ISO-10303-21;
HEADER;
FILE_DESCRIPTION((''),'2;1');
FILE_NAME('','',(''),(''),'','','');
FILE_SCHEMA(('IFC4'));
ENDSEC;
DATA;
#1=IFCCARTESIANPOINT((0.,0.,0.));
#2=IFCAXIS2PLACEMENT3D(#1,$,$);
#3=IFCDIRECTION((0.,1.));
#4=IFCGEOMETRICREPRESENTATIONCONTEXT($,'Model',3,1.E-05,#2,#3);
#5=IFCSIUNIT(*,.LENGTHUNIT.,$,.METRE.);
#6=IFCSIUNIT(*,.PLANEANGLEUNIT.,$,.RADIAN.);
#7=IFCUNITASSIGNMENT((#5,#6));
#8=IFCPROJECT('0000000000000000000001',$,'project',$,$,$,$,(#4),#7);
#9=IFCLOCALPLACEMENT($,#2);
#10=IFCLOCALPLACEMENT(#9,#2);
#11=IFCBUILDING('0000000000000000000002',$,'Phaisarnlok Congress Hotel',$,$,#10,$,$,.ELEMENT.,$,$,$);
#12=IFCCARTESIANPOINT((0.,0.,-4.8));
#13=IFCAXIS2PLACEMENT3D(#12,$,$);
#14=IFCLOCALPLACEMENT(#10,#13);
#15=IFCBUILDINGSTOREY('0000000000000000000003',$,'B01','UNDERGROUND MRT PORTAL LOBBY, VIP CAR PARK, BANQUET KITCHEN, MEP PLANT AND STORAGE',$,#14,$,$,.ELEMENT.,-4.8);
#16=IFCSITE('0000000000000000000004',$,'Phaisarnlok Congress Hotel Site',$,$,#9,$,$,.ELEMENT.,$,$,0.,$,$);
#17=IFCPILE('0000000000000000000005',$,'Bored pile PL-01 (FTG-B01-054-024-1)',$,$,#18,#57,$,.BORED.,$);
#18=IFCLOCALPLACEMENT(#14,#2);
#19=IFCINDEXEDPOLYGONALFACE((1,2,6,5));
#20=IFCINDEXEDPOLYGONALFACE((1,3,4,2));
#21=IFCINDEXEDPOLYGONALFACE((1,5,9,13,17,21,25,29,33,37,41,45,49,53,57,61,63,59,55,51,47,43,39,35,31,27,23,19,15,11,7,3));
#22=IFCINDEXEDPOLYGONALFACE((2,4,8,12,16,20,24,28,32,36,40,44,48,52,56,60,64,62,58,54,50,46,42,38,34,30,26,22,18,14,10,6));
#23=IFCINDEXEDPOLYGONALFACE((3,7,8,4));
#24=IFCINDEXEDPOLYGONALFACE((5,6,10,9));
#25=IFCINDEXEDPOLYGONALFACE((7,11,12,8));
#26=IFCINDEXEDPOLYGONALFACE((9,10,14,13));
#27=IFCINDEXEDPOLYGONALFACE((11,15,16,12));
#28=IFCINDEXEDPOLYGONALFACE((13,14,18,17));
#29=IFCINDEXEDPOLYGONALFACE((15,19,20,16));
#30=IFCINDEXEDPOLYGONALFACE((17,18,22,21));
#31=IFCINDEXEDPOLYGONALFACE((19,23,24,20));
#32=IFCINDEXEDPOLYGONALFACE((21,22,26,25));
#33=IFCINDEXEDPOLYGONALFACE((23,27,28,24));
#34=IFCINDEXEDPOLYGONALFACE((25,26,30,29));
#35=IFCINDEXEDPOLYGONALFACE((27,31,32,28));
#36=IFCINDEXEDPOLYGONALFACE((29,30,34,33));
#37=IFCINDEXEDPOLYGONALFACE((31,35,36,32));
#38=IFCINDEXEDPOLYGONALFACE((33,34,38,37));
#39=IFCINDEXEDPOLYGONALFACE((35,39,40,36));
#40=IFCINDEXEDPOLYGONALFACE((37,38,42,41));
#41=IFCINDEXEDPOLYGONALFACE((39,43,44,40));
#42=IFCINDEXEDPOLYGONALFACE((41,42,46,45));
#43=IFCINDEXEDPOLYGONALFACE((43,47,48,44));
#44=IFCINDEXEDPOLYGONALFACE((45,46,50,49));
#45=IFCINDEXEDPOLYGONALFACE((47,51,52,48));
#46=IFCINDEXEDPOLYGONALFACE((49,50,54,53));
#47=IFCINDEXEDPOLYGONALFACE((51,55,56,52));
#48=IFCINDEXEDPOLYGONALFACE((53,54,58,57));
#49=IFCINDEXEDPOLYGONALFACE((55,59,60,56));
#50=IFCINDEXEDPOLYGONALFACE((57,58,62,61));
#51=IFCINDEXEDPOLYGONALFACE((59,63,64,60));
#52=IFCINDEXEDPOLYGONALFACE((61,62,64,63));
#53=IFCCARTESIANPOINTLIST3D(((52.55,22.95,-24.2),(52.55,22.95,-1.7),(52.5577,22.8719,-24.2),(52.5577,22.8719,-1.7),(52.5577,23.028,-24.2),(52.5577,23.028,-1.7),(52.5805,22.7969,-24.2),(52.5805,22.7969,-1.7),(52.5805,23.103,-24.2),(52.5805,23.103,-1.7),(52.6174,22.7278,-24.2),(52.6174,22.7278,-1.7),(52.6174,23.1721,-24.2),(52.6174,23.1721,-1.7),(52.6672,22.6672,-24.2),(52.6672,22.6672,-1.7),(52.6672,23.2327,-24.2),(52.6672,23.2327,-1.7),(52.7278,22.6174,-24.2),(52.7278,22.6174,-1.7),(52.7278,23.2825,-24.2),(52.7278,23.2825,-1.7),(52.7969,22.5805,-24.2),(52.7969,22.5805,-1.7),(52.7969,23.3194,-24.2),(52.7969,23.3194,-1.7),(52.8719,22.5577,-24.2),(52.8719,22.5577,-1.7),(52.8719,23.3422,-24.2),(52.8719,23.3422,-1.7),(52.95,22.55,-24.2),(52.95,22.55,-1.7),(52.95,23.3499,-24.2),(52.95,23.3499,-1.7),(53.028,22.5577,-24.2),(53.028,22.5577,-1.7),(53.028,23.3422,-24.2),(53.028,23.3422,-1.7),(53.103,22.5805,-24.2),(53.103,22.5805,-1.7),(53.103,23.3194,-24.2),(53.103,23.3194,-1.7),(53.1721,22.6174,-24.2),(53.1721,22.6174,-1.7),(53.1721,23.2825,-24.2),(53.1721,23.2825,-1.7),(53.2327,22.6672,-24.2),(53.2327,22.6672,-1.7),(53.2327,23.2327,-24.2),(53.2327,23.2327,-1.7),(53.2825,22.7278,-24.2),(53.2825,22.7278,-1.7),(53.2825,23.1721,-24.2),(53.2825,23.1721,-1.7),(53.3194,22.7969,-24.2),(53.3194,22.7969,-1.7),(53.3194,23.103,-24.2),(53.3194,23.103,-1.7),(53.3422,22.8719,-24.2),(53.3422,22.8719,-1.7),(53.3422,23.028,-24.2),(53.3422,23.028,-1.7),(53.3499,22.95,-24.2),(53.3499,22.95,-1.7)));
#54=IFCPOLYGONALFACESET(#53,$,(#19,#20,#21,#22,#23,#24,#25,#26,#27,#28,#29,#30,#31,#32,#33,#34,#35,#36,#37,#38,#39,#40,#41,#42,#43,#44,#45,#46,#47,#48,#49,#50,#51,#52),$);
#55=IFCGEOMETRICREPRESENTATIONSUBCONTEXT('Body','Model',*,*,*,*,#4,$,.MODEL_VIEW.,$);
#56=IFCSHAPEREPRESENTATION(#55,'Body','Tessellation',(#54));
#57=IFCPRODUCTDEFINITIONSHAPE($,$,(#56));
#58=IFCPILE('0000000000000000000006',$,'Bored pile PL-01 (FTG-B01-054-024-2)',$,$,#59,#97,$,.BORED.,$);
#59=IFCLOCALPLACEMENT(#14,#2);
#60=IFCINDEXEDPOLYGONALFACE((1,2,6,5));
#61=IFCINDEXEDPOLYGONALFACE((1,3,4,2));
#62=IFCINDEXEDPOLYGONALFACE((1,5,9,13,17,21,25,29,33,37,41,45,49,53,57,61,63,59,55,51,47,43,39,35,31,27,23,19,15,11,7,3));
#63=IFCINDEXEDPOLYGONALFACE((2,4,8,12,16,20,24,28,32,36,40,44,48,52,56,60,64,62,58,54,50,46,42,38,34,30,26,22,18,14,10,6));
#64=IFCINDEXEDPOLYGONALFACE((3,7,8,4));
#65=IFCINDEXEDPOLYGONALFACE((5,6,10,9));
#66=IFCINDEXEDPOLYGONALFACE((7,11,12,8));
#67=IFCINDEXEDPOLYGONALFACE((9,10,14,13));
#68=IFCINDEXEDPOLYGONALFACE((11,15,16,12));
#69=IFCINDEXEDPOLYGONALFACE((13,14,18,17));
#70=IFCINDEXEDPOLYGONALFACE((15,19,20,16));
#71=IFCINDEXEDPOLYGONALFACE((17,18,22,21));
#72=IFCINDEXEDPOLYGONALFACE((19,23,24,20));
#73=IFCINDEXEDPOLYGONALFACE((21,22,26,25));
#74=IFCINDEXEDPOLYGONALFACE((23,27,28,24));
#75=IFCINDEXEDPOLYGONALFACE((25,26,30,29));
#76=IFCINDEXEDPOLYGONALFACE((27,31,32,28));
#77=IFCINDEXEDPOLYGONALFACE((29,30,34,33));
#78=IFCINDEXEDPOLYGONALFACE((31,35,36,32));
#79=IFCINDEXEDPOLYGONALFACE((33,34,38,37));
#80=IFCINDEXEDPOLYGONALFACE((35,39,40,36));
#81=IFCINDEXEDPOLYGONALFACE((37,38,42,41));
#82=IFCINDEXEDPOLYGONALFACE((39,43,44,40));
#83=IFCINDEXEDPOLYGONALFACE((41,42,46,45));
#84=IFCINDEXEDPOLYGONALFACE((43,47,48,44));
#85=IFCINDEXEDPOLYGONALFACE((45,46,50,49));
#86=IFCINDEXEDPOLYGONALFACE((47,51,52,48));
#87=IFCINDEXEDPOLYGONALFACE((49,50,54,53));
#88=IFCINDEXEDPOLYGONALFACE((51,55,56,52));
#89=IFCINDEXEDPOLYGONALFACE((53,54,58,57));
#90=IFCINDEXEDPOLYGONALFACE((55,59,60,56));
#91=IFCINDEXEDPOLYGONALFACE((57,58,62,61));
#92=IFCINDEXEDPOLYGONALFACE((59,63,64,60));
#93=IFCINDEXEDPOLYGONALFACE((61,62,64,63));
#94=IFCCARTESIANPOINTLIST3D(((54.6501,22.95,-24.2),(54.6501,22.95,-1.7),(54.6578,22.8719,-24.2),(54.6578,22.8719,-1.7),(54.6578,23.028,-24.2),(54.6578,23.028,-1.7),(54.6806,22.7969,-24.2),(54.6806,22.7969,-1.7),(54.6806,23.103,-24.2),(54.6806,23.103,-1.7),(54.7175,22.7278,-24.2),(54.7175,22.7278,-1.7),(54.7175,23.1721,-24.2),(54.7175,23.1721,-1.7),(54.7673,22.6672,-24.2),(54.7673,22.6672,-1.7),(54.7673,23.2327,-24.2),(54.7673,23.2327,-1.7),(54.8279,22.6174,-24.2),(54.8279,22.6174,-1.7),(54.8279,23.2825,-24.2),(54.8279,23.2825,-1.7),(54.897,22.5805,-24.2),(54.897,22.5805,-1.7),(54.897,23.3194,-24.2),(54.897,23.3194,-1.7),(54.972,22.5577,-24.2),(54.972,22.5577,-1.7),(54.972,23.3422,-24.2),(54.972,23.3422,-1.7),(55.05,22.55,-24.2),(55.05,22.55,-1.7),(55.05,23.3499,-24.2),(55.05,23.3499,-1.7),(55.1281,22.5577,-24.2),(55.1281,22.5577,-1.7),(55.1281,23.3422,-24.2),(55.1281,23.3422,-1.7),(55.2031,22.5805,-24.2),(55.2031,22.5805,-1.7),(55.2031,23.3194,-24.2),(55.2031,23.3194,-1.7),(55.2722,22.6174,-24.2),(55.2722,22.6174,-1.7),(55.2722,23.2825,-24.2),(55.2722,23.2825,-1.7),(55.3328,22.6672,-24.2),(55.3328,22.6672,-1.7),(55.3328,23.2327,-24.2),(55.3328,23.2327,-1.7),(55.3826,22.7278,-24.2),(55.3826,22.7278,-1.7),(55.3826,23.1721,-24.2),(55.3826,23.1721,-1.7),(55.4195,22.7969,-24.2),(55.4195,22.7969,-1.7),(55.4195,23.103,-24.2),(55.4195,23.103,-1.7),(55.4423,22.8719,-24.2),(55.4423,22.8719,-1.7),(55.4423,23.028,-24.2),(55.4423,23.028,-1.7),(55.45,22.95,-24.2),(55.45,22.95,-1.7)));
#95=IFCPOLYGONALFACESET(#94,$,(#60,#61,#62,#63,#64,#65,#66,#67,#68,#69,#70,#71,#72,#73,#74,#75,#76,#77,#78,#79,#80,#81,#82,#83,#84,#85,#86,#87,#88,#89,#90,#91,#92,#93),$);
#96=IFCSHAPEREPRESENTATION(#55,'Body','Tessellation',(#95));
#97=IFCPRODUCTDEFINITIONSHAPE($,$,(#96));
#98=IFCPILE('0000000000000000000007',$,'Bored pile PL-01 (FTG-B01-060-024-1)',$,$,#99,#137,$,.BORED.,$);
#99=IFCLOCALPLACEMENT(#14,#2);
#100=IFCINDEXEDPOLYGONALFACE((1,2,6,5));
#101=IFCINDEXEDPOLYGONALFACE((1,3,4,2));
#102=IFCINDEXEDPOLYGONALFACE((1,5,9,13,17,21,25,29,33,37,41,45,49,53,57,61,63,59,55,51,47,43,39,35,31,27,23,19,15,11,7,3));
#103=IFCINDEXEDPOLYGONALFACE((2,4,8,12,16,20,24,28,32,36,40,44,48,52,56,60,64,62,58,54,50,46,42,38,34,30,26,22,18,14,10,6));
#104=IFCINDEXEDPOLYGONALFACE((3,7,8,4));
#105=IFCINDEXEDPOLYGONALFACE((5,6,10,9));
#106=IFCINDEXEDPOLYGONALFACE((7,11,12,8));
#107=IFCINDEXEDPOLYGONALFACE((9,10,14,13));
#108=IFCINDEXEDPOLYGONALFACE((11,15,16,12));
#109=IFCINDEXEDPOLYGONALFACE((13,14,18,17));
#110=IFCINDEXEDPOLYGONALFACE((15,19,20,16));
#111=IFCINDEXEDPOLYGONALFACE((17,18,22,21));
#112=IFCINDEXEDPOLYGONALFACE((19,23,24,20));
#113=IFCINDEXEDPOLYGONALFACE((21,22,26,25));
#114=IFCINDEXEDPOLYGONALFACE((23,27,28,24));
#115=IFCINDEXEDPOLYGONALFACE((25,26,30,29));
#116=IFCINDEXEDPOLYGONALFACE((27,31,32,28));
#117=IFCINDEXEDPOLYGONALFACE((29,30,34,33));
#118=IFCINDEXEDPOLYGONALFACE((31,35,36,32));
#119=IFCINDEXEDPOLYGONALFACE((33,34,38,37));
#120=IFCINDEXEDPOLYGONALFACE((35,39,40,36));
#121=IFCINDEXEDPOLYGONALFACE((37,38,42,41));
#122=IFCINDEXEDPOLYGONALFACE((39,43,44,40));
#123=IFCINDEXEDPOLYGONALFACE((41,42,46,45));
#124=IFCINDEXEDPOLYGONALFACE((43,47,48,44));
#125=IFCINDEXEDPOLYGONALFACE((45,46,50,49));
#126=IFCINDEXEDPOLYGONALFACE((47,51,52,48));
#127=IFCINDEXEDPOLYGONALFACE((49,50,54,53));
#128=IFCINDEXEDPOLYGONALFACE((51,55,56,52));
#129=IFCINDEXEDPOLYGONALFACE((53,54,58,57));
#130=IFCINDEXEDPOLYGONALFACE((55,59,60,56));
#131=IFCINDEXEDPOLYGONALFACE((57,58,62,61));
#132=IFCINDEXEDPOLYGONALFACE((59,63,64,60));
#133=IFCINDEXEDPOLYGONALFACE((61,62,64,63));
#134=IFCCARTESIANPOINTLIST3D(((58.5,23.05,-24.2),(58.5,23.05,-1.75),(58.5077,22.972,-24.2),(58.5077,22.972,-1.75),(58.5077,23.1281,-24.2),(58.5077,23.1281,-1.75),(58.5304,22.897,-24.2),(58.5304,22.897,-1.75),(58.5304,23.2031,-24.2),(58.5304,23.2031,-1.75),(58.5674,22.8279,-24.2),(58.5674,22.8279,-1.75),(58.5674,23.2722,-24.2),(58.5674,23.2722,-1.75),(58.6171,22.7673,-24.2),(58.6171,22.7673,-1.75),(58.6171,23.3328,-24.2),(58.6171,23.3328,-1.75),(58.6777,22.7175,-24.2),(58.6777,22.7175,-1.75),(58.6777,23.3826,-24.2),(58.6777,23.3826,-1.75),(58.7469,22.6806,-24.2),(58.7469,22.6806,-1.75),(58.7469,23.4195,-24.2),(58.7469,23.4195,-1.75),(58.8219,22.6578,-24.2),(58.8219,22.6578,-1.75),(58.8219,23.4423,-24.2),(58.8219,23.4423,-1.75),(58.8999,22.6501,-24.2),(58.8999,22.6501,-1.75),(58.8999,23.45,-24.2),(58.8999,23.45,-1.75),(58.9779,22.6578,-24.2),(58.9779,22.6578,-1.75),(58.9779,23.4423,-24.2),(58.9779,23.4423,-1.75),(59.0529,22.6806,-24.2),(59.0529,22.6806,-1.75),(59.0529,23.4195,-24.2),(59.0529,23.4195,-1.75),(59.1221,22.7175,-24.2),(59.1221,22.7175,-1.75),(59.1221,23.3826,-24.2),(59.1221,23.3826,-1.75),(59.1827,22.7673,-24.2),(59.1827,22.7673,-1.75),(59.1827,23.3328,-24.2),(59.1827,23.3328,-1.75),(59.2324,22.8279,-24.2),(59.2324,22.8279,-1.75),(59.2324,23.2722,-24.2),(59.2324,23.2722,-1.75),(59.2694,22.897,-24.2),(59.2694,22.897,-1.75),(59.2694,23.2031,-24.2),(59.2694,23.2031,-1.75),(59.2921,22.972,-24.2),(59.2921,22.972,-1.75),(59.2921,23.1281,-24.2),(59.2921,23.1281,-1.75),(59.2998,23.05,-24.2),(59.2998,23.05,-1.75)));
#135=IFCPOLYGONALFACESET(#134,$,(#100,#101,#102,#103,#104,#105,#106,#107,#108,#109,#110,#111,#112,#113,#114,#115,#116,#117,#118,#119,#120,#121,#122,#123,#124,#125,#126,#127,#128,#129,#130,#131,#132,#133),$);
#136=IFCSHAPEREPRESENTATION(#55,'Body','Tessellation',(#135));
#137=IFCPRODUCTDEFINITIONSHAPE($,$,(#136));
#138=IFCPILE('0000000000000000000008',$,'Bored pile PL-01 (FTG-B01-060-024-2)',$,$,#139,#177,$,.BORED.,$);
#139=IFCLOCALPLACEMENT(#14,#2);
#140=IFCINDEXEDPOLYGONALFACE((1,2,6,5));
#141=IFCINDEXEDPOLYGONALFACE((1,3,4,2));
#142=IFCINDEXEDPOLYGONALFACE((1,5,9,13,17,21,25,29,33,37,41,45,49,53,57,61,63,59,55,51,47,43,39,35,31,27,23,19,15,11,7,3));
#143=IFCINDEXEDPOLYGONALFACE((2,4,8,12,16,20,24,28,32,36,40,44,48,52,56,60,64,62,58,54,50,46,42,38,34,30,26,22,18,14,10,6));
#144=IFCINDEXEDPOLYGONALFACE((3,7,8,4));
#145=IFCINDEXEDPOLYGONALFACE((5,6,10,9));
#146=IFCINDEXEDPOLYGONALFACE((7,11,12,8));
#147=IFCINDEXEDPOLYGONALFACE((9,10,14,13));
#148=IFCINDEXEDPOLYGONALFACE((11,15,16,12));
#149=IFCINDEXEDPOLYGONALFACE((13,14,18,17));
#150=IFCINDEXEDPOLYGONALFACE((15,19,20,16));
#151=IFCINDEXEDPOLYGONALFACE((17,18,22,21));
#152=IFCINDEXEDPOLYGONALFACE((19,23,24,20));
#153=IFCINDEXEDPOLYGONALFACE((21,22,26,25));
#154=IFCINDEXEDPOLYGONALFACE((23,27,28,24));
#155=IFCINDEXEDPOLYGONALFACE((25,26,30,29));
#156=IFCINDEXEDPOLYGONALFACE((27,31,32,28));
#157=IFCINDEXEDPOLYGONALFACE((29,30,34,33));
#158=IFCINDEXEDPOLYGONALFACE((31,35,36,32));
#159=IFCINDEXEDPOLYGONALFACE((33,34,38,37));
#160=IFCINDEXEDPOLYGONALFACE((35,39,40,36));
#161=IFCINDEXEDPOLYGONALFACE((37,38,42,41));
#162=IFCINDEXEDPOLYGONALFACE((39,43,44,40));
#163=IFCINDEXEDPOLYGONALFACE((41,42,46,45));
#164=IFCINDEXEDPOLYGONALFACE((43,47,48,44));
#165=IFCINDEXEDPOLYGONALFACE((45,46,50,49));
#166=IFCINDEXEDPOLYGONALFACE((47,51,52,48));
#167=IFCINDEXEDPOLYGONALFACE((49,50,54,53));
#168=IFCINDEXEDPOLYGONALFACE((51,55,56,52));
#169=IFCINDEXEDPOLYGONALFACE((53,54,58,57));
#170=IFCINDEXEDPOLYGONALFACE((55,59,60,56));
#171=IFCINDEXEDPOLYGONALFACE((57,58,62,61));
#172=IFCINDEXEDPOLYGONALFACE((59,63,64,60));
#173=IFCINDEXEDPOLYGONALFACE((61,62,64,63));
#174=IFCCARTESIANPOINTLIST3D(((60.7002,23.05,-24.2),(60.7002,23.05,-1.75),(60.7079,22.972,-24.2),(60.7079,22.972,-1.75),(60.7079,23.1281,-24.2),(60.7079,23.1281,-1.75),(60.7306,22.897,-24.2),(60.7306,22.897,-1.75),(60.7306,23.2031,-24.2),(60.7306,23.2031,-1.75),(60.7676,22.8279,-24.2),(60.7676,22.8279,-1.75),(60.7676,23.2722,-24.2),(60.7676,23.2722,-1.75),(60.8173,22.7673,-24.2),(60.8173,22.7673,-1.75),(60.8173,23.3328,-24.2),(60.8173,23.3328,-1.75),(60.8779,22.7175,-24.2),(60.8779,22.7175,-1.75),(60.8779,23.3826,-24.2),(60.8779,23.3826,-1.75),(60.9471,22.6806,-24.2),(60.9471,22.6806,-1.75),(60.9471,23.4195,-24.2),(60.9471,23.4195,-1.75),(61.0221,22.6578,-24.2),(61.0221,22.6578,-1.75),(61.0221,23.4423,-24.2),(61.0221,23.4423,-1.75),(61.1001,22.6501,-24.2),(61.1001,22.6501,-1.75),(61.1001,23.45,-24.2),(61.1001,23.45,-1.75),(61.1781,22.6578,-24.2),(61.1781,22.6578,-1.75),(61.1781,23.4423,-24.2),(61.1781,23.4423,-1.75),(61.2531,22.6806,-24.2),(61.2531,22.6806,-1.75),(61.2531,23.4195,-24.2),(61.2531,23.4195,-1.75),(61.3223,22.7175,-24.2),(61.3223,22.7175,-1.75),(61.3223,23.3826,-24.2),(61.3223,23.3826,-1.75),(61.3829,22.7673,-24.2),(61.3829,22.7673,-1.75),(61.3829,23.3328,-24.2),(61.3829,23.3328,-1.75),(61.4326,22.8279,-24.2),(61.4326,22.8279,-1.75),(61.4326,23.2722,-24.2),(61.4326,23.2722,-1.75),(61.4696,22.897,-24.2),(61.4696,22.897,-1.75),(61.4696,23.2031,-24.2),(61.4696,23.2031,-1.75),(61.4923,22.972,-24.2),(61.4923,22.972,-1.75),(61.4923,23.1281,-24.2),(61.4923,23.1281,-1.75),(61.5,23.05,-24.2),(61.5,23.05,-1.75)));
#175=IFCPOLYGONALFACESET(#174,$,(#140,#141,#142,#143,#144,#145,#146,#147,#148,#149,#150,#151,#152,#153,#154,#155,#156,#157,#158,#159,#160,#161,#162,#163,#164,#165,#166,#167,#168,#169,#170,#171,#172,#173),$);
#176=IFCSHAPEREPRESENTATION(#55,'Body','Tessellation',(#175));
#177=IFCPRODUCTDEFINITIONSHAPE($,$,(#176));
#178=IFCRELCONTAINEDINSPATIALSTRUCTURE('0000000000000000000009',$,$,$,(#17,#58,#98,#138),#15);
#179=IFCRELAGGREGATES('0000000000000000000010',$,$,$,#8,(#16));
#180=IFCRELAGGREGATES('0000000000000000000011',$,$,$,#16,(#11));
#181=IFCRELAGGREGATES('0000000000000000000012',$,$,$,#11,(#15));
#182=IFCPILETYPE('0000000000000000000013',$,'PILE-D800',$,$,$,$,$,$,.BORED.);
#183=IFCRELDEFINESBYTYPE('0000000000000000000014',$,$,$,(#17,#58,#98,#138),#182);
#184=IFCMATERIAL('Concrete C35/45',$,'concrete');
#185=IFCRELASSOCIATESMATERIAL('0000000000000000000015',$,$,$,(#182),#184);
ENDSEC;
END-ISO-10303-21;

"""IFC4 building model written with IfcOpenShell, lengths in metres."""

from ifc_helpers import new_model, si_unit, direction, frame, origin, origin_2d, place, context, subcontext, project, spatial, circle, extrude, material, material_profile, profile_set, type_object, element, save


model = new_model("IFC4")

# Units and contexts
model_context = context("Model", 3, precision=1e-05, world=origin(), true_north=direction((0.0, 1.0)))
body_context = subcontext(model_context, "Body", "Model", "MODEL_VIEW")
ifc_project = project(units=[si_unit("LENGTHUNIT", "METRE"), si_unit("PLANEANGLEUNIT", "RADIAN")], contexts=[model_context])

# Site, building, storey
site_placement = place(None, origin())
site = spatial("IfcSite", under=ifc_project, at=site_placement, Name="Phaisarnlok Congress Hotel Site", CompositionType="ELEMENT", RefElevation=0.0)
building_placement = place(site_placement, origin())
building = spatial("IfcBuilding", under=site, at=building_placement, Name="Phaisarnlok Congress Hotel", CompositionType="ELEMENT")
storey_placement = place(building_placement, frame((0.0, 0.0, -4.8)))
storey = spatial("IfcBuildingStorey", under=building, at=storey_placement, Name="B01", Description="UNDERGROUND MRT PORTAL LOBBY, VIP CAR PARK, BANQUET KITCHEN, MEP PLANT AND STORAGE", CompositionType="ELEMENT", Elevation=-4.8)

# Piles
ifc_material_1 = material(Name="Concrete C35/45", Category="concrete")
ifc_material_profile_1 = material_profile(ifc_material_1, circle(Radius=0.3999, at=origin_2d()), Name="BORED PILE D800")
ifc_profile_set_1 = profile_set([ifc_material_profile_1], Name="Concrete C35/45")
pile_type_1 = type_object("IfcPileType", Name="PILE-D800", PredefinedType="BORED", material=ifc_profile_set_1)
for number, where, z_axis, x_axis, name in (
    (1, (52.95, 22.95, -1.7), (0.0, 0.0, -1.0), (1.0, 0.0, 0.0), "Bored pile PL-01 (FTG-B01-054-024-1)"),
    (2, (55.05, 22.95, -1.7), (0.0, 0.0, -1.0), (1.0, 0.0, 0.0), "Bored pile PL-01 (FTG-B01-054-024-2)"),
):
    element("IfcPile", number, at=place(storey_placement, frame(where, z_axis=z_axis, x_axis=x_axis)), inside=storey, type_object=pile_type_1, Name=name, PredefinedType="BORED", context=body_context, shape_type="SweptSolid", body=[
        extrude(circle(Radius=0.3999, at=origin_2d()), origin(), (0.0, 0.0, 1.0), 22.5),
    ])
for number, where, z_axis, x_axis, name in (
    (3, (58.8999, 23.05, -1.75), (0.0, 0.0, -1.0), (1.0, 0.0, 0.0), "Bored pile PL-01 (FTG-B01-060-024-1)"),
    (4, (61.1001, 23.05, -1.75), (0.0, 0.0, -1.0), (1.0, 0.0, 0.0), "Bored pile PL-01 (FTG-B01-060-024-2)"),
):
    element("IfcPile", number, at=place(storey_placement, frame(where, z_axis=z_axis, x_axis=x_axis)), inside=storey, type_object=pile_type_1, Name=name, PredefinedType="BORED", context=body_context, shape_type="SweptSolid", body=[
        extrude(circle(Radius=0.3999, at=origin_2d()), origin(), (0.0, 0.0, 1.0), 22.45),
    ])

save(model, "model.ifc")
